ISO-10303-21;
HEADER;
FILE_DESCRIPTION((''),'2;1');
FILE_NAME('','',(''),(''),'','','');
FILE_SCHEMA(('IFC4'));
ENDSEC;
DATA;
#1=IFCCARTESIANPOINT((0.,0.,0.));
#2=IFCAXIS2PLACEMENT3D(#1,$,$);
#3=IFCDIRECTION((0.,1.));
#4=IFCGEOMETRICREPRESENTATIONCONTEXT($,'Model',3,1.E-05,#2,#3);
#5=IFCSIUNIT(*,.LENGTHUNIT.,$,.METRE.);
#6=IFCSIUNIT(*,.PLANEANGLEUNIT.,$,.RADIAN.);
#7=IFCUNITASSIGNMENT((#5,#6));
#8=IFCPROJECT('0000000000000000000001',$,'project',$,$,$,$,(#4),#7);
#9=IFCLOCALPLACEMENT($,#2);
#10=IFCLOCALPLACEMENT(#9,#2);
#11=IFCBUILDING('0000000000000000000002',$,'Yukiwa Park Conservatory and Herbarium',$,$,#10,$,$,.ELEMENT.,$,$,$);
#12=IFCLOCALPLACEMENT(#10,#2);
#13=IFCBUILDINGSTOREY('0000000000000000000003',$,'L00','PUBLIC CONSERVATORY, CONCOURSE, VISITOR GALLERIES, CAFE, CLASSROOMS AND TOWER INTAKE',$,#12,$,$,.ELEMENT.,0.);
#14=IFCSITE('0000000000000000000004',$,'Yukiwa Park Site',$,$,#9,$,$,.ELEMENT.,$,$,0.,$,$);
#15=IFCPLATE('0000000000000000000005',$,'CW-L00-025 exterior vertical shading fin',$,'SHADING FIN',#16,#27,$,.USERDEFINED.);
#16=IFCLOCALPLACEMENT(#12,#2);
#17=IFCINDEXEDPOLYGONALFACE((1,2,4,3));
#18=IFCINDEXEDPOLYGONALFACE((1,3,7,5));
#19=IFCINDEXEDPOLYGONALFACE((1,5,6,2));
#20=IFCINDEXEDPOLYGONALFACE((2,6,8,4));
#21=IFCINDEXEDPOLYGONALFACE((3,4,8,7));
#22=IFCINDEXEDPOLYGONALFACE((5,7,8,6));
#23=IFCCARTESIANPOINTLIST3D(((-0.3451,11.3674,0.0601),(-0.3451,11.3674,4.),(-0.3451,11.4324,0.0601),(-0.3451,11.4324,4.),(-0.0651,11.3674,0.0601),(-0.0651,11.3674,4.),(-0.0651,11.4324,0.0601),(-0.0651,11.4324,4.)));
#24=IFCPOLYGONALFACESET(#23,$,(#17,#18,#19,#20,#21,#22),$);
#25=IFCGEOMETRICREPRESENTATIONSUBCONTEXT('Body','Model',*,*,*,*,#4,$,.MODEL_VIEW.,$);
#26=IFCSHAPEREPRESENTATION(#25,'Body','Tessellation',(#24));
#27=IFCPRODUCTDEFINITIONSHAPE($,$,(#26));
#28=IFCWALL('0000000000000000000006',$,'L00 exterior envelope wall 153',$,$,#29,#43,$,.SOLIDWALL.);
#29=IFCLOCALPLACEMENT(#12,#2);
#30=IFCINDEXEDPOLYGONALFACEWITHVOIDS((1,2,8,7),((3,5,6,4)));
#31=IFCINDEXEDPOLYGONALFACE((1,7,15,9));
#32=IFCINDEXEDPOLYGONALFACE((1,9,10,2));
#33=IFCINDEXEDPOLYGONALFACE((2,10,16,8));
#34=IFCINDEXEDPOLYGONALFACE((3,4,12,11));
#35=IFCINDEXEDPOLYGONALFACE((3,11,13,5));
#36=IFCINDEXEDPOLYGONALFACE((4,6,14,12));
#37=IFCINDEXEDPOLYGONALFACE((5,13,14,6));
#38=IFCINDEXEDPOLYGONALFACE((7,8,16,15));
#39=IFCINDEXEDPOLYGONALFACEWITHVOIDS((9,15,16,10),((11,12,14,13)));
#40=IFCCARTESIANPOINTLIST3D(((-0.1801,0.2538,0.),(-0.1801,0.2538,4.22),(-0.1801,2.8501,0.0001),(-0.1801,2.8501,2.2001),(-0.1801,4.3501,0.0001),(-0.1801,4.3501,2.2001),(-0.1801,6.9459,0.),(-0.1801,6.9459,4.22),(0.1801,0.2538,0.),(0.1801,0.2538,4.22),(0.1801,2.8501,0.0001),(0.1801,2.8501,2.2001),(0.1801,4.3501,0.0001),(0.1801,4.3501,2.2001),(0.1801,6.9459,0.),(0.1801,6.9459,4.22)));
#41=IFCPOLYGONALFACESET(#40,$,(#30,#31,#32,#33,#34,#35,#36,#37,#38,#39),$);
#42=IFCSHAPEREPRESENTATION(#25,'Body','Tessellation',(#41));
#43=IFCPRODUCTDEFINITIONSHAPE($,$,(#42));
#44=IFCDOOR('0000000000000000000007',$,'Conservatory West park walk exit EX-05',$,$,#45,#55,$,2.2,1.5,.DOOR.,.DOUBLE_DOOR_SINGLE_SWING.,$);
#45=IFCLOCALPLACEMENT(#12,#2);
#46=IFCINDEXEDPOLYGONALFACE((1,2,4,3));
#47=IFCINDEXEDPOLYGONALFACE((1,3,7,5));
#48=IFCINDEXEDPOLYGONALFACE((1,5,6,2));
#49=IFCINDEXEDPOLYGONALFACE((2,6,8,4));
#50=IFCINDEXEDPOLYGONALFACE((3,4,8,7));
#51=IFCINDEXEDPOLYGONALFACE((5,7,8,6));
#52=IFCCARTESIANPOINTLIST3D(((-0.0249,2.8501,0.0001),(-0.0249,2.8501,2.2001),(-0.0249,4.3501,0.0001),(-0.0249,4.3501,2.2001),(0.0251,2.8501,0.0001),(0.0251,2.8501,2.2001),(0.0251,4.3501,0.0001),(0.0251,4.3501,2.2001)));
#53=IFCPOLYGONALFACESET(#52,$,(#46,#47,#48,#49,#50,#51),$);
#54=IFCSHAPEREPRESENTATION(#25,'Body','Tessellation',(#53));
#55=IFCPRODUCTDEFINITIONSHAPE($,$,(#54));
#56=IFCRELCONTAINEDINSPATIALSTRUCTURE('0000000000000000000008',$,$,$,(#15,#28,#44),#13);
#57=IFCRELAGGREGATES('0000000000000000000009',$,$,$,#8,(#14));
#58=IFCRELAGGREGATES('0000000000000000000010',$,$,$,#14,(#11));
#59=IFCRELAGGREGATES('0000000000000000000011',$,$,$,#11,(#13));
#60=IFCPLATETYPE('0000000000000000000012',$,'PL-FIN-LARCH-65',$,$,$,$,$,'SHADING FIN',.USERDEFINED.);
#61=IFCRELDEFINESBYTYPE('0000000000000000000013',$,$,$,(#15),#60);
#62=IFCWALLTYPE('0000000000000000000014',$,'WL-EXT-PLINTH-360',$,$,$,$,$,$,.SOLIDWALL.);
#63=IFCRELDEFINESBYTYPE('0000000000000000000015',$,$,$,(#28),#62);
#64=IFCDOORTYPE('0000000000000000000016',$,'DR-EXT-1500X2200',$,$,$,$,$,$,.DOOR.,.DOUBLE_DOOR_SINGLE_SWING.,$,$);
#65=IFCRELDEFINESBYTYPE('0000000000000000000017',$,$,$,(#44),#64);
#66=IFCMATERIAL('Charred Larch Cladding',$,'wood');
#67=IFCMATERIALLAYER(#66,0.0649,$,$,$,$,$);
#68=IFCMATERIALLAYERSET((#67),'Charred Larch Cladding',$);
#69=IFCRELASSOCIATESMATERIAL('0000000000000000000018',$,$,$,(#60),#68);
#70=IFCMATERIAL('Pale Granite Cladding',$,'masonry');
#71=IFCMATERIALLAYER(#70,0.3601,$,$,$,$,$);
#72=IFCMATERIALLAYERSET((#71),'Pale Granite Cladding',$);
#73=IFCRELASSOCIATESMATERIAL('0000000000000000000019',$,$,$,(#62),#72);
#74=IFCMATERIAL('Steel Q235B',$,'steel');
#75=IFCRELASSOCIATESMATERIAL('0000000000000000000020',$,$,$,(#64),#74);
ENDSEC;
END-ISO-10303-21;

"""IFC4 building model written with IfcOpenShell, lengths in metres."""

from ifc_helpers import new_model, si_unit, direction, frame, frame_2d, origin, origin_2d, place, context, subcontext, project, spatial, rectangle, extrude, material, layer, layer_set, type_object, element, fill, save


model = new_model("IFC4")

# Units and contexts
model_context = context("Model", 3, precision=1e-05, world=origin(), true_north=direction((0.0, 1.0)))
body_context = subcontext(model_context, "Body", "Model", "MODEL_VIEW")
ifc_project = project(units=[si_unit("LENGTHUNIT", "METRE"), si_unit("PLANEANGLEUNIT", "RADIAN")], contexts=[model_context])

# Site, building, storey
site_placement = place(None, origin())
site = spatial("IfcSite", under=ifc_project, at=site_placement, Name="Yukiwa Park Site", CompositionType="ELEMENT", RefElevation=0.0)
building_placement = place(site_placement, origin())
building = spatial("IfcBuilding", under=site, at=building_placement, Name="Yukiwa Park Conservatory and Herbarium", CompositionType="ELEMENT")
storey_placement = place(building_placement, origin())
storey = spatial("IfcBuildingStorey", under=building, at=storey_placement, Name="L00", Description="PUBLIC CONSERVATORY, CONCOURSE, VISITOR GALLERIES, CAFE, CLASSROOMS AND TOWER INTAKE", CompositionType="ELEMENT", Elevation=0.0)

# Plate
ifc_material_1 = material(Name="Charred Larch Cladding", Category="wood")
ifc_layer_1 = layer(ifc_material_1, 0.0649)
ifc_layer_set_1 = layer_set([ifc_layer_1], Name="Charred Larch Cladding")
plate_type_1 = type_object("IfcPlateType", Name="PL-FIN-LARCH-65", ElementType="SHADING FIN", PredefinedType="USERDEFINED", material=ifc_layer_set_1)
plate_1_placement = place(storey_placement, frame((-0.2051, 11.3999, 0.0601), z_axis=(0.0, 0.0, 1.0), x_axis=(0.0, -1.0, 0.0)))
element("IfcPlate", 1, at=plate_1_placement, inside=storey, type_object=plate_type_1, Name="CW-L00-025 exterior vertical shading fin", ObjectType="SHADING FIN", PredefinedType="USERDEFINED", context=body_context, shape_type="SweptSolid", body=[
    extrude(rectangle(XDim=0.0649, YDim=0.28, at=origin_2d()), origin(), (0.0, 0.0, 1.0), 3.9399),
])

# Wall, opening, door
ifc_material_2 = material(Name="Pale Granite Cladding", Category="masonry")
ifc_layer_2 = layer(ifc_material_2, 0.3601)
ifc_layer_set_2 = layer_set([ifc_layer_2], Name="Pale Granite Cladding")
wall_type = type_object("IfcWallType", Name="WL-EXT-PLINTH-360", PredefinedType="SOLIDWALL", material=ifc_layer_set_2)
wall_placement = place(storey_placement, frame((0.0, 6.946, 0.0), z_axis=(0.0, 0.0, 1.0), x_axis=(0.0, -1.0, 0.0)))
wall = element("IfcWall", 2, at=wall_placement, inside=storey, type_object=wall_type, Name="L00 exterior envelope wall 153", PredefinedType="SOLIDWALL", context=body_context, shape_type="SweptSolid", body=[
    extrude(rectangle(XDim=6.6921, YDim=0.3601, at=frame_2d((3.3462, 0.0))), origin(), (0.0, 0.0, 1.0), 4.22),
])
opening_placement = place(wall_placement, frame((2.5959, 0.0, 0.0)))
opening = element("IfcOpeningElement", 3, at=opening_placement, cuts=wall, PredefinedType="OPENING", context=body_context, shape_type="SweptSolid", body=[
    extrude(rectangle(XDim=1.5, YDim=2.2, at=frame_2d((0.75, 1.1001))), frame((0.0, 0.1899, 0.0), z_axis=(0.0, -1.0, 0.0), x_axis=(1.0, 0.0, 0.0)), (0.0, 0.0, 1.0), 0.3801),
])
ifc_material_3 = material(Name="Steel Q235B", Category="steel")
door_type = type_object("IfcDoorType", Name="DR-EXT-1500X2200", OperationType="DOUBLE_DOOR_SINGLE_SWING", PredefinedType="DOOR", material=ifc_material_3)
door_placement = place(opening_placement, frame((1.5, 0.0, 0.0), z_axis=(0.0, 0.0, 1.0), x_axis=(-1.0, 0.0, 0.0)))
door = element("IfcDoor", 4, at=door_placement, inside=storey, type_object=door_type, Name="Conservatory West park walk exit EX-05", OperationType="DOUBLE_DOOR_SINGLE_SWING", OverallHeight=2.2, OverallWidth=1.5, PredefinedType="DOOR", context=body_context, shape_type="SweptSolid", body=[
    extrude(rectangle(XDim=1.5, YDim=2.2, at=frame_2d((0.75, 1.1001))), frame((0.0, 0.0249, 0.0), z_axis=(0.0, -1.0, 0.0), x_axis=(1.0, 0.0, 0.0)), (0.0, 0.0, 1.0), 0.05),
])
fill(opening, door)

save(model, "model.ifc")
